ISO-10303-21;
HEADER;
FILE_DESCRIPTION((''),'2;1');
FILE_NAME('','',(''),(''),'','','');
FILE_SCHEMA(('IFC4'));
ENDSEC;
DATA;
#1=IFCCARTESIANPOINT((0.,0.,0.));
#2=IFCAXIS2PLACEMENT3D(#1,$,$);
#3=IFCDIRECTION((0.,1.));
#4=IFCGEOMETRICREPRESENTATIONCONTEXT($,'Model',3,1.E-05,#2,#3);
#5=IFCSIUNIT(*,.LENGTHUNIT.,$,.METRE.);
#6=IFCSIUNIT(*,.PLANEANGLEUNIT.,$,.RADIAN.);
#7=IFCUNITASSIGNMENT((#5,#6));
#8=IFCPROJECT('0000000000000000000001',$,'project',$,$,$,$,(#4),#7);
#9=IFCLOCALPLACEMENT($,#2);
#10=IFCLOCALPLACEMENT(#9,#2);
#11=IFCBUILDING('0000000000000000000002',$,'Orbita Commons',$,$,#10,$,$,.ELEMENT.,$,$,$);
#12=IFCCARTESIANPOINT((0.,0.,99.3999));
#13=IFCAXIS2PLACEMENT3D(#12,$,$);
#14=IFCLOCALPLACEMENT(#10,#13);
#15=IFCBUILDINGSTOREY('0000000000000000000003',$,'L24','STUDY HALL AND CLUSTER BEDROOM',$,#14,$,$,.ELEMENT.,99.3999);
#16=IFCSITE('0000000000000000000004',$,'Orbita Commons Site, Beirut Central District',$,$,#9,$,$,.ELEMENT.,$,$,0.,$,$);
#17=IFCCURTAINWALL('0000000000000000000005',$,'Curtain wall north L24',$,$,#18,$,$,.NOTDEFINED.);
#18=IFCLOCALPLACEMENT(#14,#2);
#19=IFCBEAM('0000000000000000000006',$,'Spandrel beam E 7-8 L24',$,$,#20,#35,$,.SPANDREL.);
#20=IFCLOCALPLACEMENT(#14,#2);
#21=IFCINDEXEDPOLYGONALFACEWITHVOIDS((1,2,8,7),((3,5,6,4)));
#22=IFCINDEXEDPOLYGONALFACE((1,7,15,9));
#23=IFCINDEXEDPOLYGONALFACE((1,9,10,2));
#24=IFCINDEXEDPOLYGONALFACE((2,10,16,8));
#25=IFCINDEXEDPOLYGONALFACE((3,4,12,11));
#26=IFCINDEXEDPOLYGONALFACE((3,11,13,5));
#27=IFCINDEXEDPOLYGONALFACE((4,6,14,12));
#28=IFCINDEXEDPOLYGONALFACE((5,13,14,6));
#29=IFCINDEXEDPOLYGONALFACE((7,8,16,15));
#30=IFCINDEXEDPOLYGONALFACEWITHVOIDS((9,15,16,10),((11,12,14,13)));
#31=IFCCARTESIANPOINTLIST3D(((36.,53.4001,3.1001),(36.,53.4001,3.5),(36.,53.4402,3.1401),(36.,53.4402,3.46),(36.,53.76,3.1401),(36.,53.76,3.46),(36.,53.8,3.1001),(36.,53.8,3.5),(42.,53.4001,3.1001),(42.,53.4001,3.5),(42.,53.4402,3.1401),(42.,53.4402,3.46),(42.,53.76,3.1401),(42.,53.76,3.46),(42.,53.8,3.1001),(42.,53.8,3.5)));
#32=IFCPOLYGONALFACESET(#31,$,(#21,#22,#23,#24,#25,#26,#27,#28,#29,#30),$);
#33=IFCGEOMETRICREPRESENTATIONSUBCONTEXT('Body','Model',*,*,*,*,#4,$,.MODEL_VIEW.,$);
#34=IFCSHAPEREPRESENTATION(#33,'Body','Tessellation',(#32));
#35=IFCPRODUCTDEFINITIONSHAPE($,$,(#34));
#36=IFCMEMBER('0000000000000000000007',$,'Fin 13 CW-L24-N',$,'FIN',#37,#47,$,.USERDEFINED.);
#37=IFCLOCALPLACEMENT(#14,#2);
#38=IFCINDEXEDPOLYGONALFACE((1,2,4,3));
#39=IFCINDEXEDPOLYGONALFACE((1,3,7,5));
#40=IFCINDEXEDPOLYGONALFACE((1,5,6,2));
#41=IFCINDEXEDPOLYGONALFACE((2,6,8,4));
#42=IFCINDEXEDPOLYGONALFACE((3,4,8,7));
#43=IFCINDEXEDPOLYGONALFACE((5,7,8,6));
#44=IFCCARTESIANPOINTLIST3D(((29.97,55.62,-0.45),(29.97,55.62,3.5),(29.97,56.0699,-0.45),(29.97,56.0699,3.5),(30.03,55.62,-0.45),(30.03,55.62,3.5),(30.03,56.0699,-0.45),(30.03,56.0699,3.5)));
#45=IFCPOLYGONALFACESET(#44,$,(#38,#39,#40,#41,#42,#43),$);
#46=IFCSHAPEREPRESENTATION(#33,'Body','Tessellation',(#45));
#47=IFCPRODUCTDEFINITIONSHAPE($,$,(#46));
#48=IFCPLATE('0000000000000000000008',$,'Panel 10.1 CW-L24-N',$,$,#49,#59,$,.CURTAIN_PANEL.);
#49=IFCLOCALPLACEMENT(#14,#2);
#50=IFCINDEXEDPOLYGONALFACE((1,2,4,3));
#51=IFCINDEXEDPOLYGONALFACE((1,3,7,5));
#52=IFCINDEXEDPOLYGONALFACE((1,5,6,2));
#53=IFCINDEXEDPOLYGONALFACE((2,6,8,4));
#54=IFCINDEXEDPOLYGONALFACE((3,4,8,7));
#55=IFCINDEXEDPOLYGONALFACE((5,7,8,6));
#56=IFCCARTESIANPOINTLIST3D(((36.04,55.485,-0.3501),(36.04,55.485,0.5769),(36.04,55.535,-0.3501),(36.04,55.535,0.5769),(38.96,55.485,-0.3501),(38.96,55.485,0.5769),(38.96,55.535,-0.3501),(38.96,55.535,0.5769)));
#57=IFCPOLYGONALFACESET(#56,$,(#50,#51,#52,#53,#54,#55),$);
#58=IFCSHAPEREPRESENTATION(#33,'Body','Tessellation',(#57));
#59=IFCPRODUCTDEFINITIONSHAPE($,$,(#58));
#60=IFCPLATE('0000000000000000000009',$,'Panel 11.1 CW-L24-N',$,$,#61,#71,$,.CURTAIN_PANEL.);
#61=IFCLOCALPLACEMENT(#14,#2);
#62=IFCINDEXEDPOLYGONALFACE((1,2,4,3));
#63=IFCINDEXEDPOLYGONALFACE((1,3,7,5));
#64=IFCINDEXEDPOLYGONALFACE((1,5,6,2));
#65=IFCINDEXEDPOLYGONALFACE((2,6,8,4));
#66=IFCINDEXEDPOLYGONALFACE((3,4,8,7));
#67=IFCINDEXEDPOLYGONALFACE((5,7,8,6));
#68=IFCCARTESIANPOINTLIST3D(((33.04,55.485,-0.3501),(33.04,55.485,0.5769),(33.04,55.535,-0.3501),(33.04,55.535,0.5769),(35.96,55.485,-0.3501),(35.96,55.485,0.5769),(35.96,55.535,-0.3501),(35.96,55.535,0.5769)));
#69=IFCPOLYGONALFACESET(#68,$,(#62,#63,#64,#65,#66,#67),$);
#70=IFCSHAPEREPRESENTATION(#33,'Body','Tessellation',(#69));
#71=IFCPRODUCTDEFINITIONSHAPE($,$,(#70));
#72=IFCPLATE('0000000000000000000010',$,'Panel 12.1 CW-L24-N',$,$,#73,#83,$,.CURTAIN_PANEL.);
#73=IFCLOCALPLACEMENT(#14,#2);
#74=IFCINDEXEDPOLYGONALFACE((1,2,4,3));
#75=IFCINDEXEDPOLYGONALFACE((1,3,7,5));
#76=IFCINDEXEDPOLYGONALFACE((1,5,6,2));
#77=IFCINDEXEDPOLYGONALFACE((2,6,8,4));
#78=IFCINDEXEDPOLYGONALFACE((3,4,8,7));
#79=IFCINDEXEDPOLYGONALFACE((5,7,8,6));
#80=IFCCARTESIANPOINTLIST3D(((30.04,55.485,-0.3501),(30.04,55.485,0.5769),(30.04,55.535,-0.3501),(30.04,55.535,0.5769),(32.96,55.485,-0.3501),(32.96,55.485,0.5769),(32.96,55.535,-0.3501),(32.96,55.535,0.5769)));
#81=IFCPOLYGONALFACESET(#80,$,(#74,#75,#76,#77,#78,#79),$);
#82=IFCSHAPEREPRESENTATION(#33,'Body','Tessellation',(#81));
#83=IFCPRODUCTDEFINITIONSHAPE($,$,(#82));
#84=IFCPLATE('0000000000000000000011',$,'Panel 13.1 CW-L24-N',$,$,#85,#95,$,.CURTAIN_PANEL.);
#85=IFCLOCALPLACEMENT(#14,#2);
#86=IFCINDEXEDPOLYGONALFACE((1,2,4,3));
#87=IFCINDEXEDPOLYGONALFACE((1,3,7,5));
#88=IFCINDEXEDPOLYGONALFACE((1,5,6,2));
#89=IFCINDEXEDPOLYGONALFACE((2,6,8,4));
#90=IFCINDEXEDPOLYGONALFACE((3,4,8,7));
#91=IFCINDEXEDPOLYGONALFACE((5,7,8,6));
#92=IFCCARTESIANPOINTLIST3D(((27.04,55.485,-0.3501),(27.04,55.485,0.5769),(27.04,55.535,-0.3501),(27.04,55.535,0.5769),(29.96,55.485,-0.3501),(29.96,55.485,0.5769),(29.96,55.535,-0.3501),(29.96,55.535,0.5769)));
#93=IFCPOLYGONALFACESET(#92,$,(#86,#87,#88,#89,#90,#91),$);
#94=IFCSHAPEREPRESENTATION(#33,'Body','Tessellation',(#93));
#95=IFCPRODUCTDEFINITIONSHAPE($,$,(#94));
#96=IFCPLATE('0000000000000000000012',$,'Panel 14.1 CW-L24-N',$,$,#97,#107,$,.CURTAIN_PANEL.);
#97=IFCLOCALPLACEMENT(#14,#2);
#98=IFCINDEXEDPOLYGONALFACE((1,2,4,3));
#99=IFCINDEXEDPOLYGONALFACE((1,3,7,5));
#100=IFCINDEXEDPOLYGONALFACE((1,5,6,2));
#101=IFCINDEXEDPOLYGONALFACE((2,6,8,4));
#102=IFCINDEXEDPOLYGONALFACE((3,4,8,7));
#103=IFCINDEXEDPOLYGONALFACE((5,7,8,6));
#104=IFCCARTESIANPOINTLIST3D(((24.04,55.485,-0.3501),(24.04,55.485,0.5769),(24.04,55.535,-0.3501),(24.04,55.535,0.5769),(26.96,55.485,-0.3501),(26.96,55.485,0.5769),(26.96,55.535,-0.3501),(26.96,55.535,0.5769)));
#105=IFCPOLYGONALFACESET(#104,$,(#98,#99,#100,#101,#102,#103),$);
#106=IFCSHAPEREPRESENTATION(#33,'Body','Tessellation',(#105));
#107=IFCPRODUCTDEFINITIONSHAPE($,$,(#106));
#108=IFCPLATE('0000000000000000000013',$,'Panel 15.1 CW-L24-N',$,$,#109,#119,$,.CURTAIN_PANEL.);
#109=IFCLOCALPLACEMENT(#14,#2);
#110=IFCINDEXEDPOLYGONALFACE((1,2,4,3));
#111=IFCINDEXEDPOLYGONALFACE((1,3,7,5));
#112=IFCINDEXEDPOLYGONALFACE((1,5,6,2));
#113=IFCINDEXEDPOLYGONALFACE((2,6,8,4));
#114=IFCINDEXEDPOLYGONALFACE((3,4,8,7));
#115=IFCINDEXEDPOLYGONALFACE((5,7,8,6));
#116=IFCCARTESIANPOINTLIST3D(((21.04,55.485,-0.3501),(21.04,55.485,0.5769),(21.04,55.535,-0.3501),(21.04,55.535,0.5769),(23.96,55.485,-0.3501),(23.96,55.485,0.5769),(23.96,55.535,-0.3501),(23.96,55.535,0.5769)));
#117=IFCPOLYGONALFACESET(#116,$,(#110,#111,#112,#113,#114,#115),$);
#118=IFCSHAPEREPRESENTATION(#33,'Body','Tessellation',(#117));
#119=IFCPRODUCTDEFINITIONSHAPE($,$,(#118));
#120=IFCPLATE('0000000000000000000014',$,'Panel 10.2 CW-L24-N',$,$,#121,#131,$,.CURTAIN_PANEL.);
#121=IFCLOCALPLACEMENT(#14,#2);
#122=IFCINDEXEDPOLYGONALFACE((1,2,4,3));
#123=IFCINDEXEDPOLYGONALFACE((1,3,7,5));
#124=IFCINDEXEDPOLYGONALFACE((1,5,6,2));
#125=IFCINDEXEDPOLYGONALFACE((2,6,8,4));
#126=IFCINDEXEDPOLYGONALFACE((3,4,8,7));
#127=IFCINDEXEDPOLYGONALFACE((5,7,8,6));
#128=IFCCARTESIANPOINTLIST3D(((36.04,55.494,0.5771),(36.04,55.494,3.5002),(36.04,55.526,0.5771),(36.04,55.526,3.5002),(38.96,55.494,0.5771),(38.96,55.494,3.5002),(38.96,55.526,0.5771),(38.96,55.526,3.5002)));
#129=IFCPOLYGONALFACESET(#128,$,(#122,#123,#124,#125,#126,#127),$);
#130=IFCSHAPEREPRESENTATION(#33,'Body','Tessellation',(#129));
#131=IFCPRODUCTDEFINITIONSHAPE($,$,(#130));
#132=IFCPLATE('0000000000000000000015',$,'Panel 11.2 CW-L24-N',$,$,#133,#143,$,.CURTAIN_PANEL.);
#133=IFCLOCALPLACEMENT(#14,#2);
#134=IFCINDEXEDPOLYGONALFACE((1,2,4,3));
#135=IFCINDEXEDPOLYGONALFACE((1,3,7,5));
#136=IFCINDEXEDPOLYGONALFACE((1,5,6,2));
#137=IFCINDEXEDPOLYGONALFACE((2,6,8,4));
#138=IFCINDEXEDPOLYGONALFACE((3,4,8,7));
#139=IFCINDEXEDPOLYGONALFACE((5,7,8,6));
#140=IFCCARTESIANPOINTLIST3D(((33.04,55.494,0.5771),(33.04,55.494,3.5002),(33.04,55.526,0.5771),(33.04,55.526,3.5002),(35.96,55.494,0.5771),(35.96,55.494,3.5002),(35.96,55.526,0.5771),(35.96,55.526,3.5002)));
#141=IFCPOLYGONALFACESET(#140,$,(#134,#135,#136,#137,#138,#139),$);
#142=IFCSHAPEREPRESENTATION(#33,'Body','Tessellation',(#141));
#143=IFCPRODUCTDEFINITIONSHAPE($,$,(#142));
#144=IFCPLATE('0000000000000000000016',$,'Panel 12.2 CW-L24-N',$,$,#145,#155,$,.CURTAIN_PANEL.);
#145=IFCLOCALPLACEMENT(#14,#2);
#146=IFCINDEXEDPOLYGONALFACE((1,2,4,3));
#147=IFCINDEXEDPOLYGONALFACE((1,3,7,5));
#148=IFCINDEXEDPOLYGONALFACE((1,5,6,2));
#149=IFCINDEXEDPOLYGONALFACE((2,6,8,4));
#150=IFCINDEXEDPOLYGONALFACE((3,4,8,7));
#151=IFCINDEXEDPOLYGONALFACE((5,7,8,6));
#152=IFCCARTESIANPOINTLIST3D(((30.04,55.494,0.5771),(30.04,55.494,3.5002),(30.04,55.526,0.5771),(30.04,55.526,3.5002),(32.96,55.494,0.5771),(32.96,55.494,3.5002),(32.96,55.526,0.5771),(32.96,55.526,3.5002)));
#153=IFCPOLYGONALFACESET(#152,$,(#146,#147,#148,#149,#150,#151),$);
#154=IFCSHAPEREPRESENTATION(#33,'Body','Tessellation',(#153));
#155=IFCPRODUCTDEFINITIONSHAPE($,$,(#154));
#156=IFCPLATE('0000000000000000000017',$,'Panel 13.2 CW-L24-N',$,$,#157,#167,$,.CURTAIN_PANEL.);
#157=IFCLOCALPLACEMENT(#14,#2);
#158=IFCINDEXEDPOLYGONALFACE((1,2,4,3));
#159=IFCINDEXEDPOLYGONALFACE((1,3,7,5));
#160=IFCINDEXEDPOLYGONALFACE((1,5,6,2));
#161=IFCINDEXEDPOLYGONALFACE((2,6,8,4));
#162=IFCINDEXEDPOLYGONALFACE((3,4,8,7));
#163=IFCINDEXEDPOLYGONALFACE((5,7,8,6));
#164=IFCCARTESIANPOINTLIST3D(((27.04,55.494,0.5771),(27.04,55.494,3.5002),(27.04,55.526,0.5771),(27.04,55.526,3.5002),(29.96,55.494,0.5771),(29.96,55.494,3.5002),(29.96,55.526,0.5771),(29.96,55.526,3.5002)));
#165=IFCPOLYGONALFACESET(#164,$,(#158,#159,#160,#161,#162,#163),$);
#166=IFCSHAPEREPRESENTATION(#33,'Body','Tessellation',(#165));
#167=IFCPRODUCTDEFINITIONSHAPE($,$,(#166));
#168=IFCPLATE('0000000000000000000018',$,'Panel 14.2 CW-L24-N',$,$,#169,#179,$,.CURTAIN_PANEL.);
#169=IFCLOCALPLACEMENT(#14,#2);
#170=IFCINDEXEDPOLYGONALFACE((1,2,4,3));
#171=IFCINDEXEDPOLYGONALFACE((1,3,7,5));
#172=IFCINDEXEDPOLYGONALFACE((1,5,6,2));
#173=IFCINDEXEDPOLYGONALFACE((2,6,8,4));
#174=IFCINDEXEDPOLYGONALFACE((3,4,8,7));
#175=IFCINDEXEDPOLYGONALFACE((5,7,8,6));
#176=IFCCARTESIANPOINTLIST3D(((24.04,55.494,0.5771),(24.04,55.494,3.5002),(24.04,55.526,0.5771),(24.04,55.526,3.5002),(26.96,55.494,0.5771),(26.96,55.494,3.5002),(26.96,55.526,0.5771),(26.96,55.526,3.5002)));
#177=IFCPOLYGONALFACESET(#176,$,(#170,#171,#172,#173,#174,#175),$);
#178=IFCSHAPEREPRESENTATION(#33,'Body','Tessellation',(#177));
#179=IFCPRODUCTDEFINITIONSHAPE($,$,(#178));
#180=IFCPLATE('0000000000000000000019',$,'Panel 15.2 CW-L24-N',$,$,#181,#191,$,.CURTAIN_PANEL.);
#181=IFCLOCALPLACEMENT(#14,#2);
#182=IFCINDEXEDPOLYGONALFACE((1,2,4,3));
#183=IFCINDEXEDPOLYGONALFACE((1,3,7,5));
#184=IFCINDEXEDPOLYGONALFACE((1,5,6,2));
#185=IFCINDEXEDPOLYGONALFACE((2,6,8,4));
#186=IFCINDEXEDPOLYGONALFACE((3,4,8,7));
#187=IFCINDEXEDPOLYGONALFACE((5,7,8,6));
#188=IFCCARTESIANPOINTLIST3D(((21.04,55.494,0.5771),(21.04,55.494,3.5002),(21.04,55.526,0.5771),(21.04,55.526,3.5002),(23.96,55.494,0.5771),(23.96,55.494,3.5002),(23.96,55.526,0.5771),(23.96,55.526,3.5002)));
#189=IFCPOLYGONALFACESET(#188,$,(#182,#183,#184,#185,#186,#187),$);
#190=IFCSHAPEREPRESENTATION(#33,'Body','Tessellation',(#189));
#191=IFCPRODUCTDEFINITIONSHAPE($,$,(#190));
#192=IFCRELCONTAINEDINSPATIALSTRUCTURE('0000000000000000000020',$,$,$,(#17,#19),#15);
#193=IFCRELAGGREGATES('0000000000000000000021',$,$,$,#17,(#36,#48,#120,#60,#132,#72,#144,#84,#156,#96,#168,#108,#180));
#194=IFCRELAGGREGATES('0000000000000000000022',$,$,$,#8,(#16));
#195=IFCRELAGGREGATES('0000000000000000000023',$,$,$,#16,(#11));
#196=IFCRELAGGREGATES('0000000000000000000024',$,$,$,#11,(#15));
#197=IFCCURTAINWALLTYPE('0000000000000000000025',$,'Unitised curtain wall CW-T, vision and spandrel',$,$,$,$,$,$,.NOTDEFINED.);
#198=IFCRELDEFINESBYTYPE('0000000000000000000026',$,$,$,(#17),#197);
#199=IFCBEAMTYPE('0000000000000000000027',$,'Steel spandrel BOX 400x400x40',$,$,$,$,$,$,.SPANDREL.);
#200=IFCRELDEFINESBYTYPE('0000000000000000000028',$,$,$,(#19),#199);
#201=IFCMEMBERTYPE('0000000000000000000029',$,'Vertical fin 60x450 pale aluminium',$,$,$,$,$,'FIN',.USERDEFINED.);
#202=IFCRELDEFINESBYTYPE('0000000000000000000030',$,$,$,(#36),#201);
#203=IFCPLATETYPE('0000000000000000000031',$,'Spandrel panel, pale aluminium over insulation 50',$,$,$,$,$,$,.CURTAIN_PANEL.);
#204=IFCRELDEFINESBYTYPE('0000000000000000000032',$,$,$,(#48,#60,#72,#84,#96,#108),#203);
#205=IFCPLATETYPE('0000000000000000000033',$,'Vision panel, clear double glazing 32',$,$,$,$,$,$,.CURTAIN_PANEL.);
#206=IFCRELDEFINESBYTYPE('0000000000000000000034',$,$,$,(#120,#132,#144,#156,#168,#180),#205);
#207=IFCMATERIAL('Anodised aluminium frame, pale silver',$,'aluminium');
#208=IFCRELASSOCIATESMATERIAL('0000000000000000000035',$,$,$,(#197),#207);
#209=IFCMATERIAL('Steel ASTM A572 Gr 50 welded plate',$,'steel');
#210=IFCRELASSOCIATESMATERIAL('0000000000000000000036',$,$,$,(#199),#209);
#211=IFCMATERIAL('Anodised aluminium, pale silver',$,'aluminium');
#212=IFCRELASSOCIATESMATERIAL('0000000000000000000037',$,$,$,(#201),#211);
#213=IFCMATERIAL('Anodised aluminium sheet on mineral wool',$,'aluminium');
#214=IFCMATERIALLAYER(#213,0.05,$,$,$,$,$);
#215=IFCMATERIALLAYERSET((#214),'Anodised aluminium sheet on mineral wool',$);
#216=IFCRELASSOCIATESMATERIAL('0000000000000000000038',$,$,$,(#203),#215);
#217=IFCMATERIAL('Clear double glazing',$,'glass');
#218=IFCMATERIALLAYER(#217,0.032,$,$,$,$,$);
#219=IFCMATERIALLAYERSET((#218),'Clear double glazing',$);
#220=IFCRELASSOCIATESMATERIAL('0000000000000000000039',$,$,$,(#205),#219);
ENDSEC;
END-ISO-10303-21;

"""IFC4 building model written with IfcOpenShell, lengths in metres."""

from ifc_helpers import new_model, si_unit, direction, frame, origin, origin_2d, place, context, subcontext, project, spatial, rectangle, hollow_rectangle, extrude, material, layer, layer_set, material_profile, profile_set, type_object, element, aggregate, save


model = new_model("IFC4")

# Units and contexts
model_context = context("Model", 3, precision=1e-05, world=origin(), true_north=direction((0.0, 1.0)))
body_context = subcontext(model_context, "Body", "Model", "MODEL_VIEW")
ifc_project = project(units=[si_unit("LENGTHUNIT", "METRE"), si_unit("PLANEANGLEUNIT", "RADIAN")], contexts=[model_context])

# Site, building, storey
site_placement = place(None, origin())
site = spatial("IfcSite", under=ifc_project, at=site_placement, Name="Orbita Commons Site, Beirut Central District", CompositionType="ELEMENT", RefElevation=0.0)
building_placement = place(site_placement, origin())
building = spatial("IfcBuilding", under=site, at=building_placement, Name="Orbita Commons", CompositionType="ELEMENT")
storey_placement = place(building_placement, frame((0.0, 0.0, 99.3999)))
storey = spatial("IfcBuildingStorey", under=building, at=storey_placement, Name="L24", Description="STUDY HALL AND CLUSTER BEDROOM", CompositionType="ELEMENT", Elevation=99.3999)

# Curtain wall
ifc_material_1 = material(Name="Anodised aluminium frame, pale silver", Category="aluminium")
curtain_wall_type = type_object("IfcCurtainWallType", Name="Unitised curtain wall CW-T, vision and spandrel", PredefinedType="NOTDEFINED", material=ifc_material_1)
curtain_wall_placement = place(storey_placement, origin())
curtain_wall = element("IfcCurtainWall", 1, at=curtain_wall_placement, inside=storey, type_object=curtain_wall_type, Name="Curtain wall north L24", PredefinedType="NOTDEFINED")

# Beam
ifc_material_2 = material(Name="Steel ASTM A572 Gr 50 welded plate", Category="steel")
ifc_material_profile_1 = material_profile(ifc_material_2, hollow_rectangle(XDim=0.3999, YDim=0.3999, WallThickness=0.04, at=origin_2d()), Name="BOX 400x400x40")
ifc_profile_set_1 = profile_set([ifc_material_profile_1], Name="Steel ASTM A572 Gr 50 welded plate")
beam_type = type_object("IfcBeamType", Name="Steel spandrel BOX 400x400x40", PredefinedType="SPANDREL", material=ifc_profile_set_1)
for number, where, z_axis, x_axis, name in (
    (2, (36.0, 53.6001, 3.3), (1.0, 0.0, 0.0), (0.0, 1.0, 0.0), "Spandrel beam E 7-8 L24"),
):
    element("IfcBeam", number, at=place(storey_placement, frame(where, z_axis=z_axis, x_axis=x_axis)), inside=storey, type_object=beam_type, Name=name, PredefinedType="SPANDREL", context=body_context, shape_type="SweptSolid", body=[
        extrude(hollow_rectangle(XDim=0.3999, YDim=0.3999, WallThickness=0.04, at=origin_2d()), origin(), (0.0, 0.0, 1.0), 6.0),
    ])

# Member
ifc_material_3 = material(Name="Anodised aluminium, pale silver", Category="aluminium")
ifc_material_profile_2 = material_profile(ifc_material_3, rectangle(XDim=0.0601, YDim=0.45, at=origin_2d()), Name="FIN 60x450")
ifc_profile_set_2 = profile_set([ifc_material_profile_2], Name="Anodised aluminium, pale silver")
member_type_1 = type_object("IfcMemberType", Name="Vertical fin 60x450 pale aluminium", ElementType="FIN", PredefinedType="USERDEFINED", material=ifc_profile_set_2)
member_1_placement = place(storey_placement, frame((30.0, 55.845, -0.45), z_axis=(0.0, 0.0, 1.0), x_axis=(-1.0, 0.0, 0.0)))
member_1 = element("IfcMember", 3, at=member_1_placement, type_object=member_type_1, Name="Fin 13 CW-L24-N", ObjectType="FIN", PredefinedType="USERDEFINED", context=body_context, shape_type="SweptSolid", body=[
    extrude(rectangle(XDim=0.0601, YDim=0.45, at=origin_2d()), origin(), (0.0, 0.0, 1.0), 3.95),
])

# Plates
ifc_material_4 = material(Name="Anodised aluminium sheet on mineral wool", Category="aluminium")
ifc_layer_1 = layer(ifc_material_4, 0.05)
ifc_layer_set_1 = layer_set([ifc_layer_1], Name="Anodised aluminium sheet on mineral wool")
plate_type_1 = type_object("IfcPlateType", Name="Spandrel panel, pale aluminium over insulation 50", PredefinedType="CURTAIN_PANEL", material=ifc_layer_set_1)
plate_1_placement = place(storey_placement, frame((37.5, 55.51, -0.3501), z_axis=(0.0, 0.0, 1.0), x_axis=(-1.0, 0.0, 0.0)))
plate_1 = element("IfcPlate", 4, at=plate_1_placement, type_object=plate_type_1, Name="Panel 10.1 CW-L24-N", PredefinedType="CURTAIN_PANEL", context=body_context, shape_type="SweptSolid", body=[
    extrude(rectangle(XDim=2.9199, YDim=0.05, at=origin_2d()), origin(), (0.0, 0.0, 1.0), 0.927),
])
plate_2_placement = place(storey_placement, frame((34.5, 55.51, -0.3501), z_axis=(0.0, 0.0, 1.0), x_axis=(-1.0, 0.0, 0.0)))
plate_2 = element("IfcPlate", 5, at=plate_2_placement, type_object=plate_type_1, Name="Panel 11.1 CW-L24-N", PredefinedType="CURTAIN_PANEL", context=body_context, shape_type="SweptSolid", body=[
    extrude(rectangle(XDim=2.9199, YDim=0.05, at=origin_2d()), origin(), (0.0, 0.0, 1.0), 0.927),
])
plate_3_placement = place(storey_placement, frame((31.5, 55.51, -0.3501), z_axis=(0.0, 0.0, 1.0), x_axis=(-1.0, 0.0, 0.0)))
plate_3 = element("IfcPlate", 6, at=plate_3_placement, type_object=plate_type_1, Name="Panel 12.1 CW-L24-N", PredefinedType="CURTAIN_PANEL", context=body_context, shape_type="SweptSolid", body=[
    extrude(rectangle(XDim=2.9199, YDim=0.05, at=origin_2d()), origin(), (0.0, 0.0, 1.0), 0.927),
])
plate_4_placement = place(storey_placement, frame((28.5, 55.51, -0.3501), z_axis=(0.0, 0.0, 1.0), x_axis=(-1.0, 0.0, 0.0)))
plate_4 = element("IfcPlate", 7, at=plate_4_placement, type_object=plate_type_1, Name="Panel 13.1 CW-L24-N", PredefinedType="CURTAIN_PANEL", context=body_context, shape_type="SweptSolid", body=[
    extrude(rectangle(XDim=2.9199, YDim=0.05, at=origin_2d()), origin(), (0.0, 0.0, 1.0), 0.927),
])
plate_5_placement = place(storey_placement, frame((25.5, 55.51, -0.3501), z_axis=(0.0, 0.0, 1.0), x_axis=(-1.0, 0.0, 0.0)))
plate_5 = element("IfcPlate", 8, at=plate_5_placement, type_object=plate_type_1, Name="Panel 14.1 CW-L24-N", PredefinedType="CURTAIN_PANEL", context=body_context, shape_type="SweptSolid", body=[
    extrude(rectangle(XDim=2.9199, YDim=0.05, at=origin_2d()), origin(), (0.0, 0.0, 1.0), 0.927),
])
plate_6_placement = place(storey_placement, frame((22.5, 55.51, -0.3501), z_axis=(0.0, 0.0, 1.0), x_axis=(-1.0, 0.0, 0.0)))
plate_6 = element("IfcPlate", 9, at=plate_6_placement, type_object=plate_type_1, Name="Panel 15.1 CW-L24-N", PredefinedType="CURTAIN_PANEL", context=body_context, shape_type="SweptSolid", body=[
    extrude(rectangle(XDim=2.9199, YDim=0.05, at=origin_2d()), origin(), (0.0, 0.0, 1.0), 0.927),
])
ifc_material_5 = material(Name="Clear double glazing", Category="glass")
ifc_layer_2 = layer(ifc_material_5, 0.032)
ifc_layer_set_2 = layer_set([ifc_layer_2], Name="Clear double glazing")
plate_type_2 = type_object("IfcPlateType", Name="Vision panel, clear double glazing 32", PredefinedType="CURTAIN_PANEL", material=ifc_layer_set_2)
plate_7_placement = place(storey_placement, frame((37.5, 55.51, 0.5771), z_axis=(0.0, 0.0, 1.0), x_axis=(-1.0, 0.0, 0.0)))
plate_7 = element("IfcPlate", 10, at=plate_7_placement, type_object=plate_type_2, Name="Panel 10.2 CW-L24-N", PredefinedType="CURTAIN_PANEL", context=body_context, shape_type="SweptSolid", body=[
    extrude(rectangle(XDim=2.9199, YDim=0.032, at=origin_2d()), origin(), (0.0, 0.0, 1.0), 2.9231),
])
plate_8_placement = place(storey_placement, frame((34.5, 55.51, 0.5771), z_axis=(0.0, 0.0, 1.0), x_axis=(-1.0, 0.0, 0.0)))
plate_8 = element("IfcPlate", 11, at=plate_8_placement, type_object=plate_type_2, Name="Panel 11.2 CW-L24-N", PredefinedType="CURTAIN_PANEL", context=body_context, shape_type="SweptSolid", body=[
    extrude(rectangle(XDim=2.9199, YDim=0.032, at=origin_2d()), origin(), (0.0, 0.0, 1.0), 2.9231),
])
plate_9_placement = place(storey_placement, frame((31.5, 55.51, 0.5771), z_axis=(0.0, 0.0, 1.0), x_axis=(-1.0, 0.0, 0.0)))
plate_9 = element("IfcPlate", 12, at=plate_9_placement, type_object=plate_type_2, Name="Panel 12.2 CW-L24-N", PredefinedType="CURTAIN_PANEL", context=body_context, shape_type="SweptSolid", body=[
    extrude(rectangle(XDim=2.9199, YDim=0.032, at=origin_2d()), origin(), (0.0, 0.0, 1.0), 2.9231),
])
plate_10_placement = place(storey_placement, frame((28.5, 55.51, 0.5771), z_axis=(0.0, 0.0, 1.0), x_axis=(-1.0, 0.0, 0.0)))
plate_10 = element("IfcPlate", 13, at=plate_10_placement, type_object=plate_type_2, Name="Panel 13.2 CW-L24-N", PredefinedType="CURTAIN_PANEL", context=body_context, shape_type="SweptSolid", body=[
    extrude(rectangle(XDim=2.9199, YDim=0.032, at=origin_2d()), origin(), (0.0, 0.0, 1.0), 2.9231),
])
plate_11_placement = place(storey_placement, frame((25.5, 55.51, 0.5771), z_axis=(0.0, 0.0, 1.0), x_axis=(-1.0, 0.0, 0.0)))
plate_11 = element("IfcPlate", 14, at=plate_11_placement, type_object=plate_type_2, Name="Panel 14.2 CW-L24-N", PredefinedType="CURTAIN_PANEL", context=body_context, shape_type="SweptSolid", body=[
    extrude(rectangle(XDim=2.9199, YDim=0.032, at=origin_2d()), origin(), (0.0, 0.0, 1.0), 2.9231),
])
plate_12_placement = place(storey_placement, frame((22.5, 55.51, 0.5771), z_axis=(0.0, 0.0, 1.0), x_axis=(-1.0, 0.0, 0.0)))
plate_12 = element("IfcPlate", 15, at=plate_12_placement, type_object=plate_type_2, Name="Panel 15.2 CW-L24-N", PredefinedType="CURTAIN_PANEL", context=body_context, shape_type="SweptSolid", body=[
    extrude(rectangle(XDim=2.9199, YDim=0.032, at=origin_2d()), origin(), (0.0, 0.0, 1.0), 2.9231),
])
aggregate(curtain_wall, [member_1, plate_1, plate_7, plate_2, plate_8, plate_3, plate_9, plate_4, plate_10, plate_5, plate_11, plate_6, plate_12])

save(model, "model.ifc")
